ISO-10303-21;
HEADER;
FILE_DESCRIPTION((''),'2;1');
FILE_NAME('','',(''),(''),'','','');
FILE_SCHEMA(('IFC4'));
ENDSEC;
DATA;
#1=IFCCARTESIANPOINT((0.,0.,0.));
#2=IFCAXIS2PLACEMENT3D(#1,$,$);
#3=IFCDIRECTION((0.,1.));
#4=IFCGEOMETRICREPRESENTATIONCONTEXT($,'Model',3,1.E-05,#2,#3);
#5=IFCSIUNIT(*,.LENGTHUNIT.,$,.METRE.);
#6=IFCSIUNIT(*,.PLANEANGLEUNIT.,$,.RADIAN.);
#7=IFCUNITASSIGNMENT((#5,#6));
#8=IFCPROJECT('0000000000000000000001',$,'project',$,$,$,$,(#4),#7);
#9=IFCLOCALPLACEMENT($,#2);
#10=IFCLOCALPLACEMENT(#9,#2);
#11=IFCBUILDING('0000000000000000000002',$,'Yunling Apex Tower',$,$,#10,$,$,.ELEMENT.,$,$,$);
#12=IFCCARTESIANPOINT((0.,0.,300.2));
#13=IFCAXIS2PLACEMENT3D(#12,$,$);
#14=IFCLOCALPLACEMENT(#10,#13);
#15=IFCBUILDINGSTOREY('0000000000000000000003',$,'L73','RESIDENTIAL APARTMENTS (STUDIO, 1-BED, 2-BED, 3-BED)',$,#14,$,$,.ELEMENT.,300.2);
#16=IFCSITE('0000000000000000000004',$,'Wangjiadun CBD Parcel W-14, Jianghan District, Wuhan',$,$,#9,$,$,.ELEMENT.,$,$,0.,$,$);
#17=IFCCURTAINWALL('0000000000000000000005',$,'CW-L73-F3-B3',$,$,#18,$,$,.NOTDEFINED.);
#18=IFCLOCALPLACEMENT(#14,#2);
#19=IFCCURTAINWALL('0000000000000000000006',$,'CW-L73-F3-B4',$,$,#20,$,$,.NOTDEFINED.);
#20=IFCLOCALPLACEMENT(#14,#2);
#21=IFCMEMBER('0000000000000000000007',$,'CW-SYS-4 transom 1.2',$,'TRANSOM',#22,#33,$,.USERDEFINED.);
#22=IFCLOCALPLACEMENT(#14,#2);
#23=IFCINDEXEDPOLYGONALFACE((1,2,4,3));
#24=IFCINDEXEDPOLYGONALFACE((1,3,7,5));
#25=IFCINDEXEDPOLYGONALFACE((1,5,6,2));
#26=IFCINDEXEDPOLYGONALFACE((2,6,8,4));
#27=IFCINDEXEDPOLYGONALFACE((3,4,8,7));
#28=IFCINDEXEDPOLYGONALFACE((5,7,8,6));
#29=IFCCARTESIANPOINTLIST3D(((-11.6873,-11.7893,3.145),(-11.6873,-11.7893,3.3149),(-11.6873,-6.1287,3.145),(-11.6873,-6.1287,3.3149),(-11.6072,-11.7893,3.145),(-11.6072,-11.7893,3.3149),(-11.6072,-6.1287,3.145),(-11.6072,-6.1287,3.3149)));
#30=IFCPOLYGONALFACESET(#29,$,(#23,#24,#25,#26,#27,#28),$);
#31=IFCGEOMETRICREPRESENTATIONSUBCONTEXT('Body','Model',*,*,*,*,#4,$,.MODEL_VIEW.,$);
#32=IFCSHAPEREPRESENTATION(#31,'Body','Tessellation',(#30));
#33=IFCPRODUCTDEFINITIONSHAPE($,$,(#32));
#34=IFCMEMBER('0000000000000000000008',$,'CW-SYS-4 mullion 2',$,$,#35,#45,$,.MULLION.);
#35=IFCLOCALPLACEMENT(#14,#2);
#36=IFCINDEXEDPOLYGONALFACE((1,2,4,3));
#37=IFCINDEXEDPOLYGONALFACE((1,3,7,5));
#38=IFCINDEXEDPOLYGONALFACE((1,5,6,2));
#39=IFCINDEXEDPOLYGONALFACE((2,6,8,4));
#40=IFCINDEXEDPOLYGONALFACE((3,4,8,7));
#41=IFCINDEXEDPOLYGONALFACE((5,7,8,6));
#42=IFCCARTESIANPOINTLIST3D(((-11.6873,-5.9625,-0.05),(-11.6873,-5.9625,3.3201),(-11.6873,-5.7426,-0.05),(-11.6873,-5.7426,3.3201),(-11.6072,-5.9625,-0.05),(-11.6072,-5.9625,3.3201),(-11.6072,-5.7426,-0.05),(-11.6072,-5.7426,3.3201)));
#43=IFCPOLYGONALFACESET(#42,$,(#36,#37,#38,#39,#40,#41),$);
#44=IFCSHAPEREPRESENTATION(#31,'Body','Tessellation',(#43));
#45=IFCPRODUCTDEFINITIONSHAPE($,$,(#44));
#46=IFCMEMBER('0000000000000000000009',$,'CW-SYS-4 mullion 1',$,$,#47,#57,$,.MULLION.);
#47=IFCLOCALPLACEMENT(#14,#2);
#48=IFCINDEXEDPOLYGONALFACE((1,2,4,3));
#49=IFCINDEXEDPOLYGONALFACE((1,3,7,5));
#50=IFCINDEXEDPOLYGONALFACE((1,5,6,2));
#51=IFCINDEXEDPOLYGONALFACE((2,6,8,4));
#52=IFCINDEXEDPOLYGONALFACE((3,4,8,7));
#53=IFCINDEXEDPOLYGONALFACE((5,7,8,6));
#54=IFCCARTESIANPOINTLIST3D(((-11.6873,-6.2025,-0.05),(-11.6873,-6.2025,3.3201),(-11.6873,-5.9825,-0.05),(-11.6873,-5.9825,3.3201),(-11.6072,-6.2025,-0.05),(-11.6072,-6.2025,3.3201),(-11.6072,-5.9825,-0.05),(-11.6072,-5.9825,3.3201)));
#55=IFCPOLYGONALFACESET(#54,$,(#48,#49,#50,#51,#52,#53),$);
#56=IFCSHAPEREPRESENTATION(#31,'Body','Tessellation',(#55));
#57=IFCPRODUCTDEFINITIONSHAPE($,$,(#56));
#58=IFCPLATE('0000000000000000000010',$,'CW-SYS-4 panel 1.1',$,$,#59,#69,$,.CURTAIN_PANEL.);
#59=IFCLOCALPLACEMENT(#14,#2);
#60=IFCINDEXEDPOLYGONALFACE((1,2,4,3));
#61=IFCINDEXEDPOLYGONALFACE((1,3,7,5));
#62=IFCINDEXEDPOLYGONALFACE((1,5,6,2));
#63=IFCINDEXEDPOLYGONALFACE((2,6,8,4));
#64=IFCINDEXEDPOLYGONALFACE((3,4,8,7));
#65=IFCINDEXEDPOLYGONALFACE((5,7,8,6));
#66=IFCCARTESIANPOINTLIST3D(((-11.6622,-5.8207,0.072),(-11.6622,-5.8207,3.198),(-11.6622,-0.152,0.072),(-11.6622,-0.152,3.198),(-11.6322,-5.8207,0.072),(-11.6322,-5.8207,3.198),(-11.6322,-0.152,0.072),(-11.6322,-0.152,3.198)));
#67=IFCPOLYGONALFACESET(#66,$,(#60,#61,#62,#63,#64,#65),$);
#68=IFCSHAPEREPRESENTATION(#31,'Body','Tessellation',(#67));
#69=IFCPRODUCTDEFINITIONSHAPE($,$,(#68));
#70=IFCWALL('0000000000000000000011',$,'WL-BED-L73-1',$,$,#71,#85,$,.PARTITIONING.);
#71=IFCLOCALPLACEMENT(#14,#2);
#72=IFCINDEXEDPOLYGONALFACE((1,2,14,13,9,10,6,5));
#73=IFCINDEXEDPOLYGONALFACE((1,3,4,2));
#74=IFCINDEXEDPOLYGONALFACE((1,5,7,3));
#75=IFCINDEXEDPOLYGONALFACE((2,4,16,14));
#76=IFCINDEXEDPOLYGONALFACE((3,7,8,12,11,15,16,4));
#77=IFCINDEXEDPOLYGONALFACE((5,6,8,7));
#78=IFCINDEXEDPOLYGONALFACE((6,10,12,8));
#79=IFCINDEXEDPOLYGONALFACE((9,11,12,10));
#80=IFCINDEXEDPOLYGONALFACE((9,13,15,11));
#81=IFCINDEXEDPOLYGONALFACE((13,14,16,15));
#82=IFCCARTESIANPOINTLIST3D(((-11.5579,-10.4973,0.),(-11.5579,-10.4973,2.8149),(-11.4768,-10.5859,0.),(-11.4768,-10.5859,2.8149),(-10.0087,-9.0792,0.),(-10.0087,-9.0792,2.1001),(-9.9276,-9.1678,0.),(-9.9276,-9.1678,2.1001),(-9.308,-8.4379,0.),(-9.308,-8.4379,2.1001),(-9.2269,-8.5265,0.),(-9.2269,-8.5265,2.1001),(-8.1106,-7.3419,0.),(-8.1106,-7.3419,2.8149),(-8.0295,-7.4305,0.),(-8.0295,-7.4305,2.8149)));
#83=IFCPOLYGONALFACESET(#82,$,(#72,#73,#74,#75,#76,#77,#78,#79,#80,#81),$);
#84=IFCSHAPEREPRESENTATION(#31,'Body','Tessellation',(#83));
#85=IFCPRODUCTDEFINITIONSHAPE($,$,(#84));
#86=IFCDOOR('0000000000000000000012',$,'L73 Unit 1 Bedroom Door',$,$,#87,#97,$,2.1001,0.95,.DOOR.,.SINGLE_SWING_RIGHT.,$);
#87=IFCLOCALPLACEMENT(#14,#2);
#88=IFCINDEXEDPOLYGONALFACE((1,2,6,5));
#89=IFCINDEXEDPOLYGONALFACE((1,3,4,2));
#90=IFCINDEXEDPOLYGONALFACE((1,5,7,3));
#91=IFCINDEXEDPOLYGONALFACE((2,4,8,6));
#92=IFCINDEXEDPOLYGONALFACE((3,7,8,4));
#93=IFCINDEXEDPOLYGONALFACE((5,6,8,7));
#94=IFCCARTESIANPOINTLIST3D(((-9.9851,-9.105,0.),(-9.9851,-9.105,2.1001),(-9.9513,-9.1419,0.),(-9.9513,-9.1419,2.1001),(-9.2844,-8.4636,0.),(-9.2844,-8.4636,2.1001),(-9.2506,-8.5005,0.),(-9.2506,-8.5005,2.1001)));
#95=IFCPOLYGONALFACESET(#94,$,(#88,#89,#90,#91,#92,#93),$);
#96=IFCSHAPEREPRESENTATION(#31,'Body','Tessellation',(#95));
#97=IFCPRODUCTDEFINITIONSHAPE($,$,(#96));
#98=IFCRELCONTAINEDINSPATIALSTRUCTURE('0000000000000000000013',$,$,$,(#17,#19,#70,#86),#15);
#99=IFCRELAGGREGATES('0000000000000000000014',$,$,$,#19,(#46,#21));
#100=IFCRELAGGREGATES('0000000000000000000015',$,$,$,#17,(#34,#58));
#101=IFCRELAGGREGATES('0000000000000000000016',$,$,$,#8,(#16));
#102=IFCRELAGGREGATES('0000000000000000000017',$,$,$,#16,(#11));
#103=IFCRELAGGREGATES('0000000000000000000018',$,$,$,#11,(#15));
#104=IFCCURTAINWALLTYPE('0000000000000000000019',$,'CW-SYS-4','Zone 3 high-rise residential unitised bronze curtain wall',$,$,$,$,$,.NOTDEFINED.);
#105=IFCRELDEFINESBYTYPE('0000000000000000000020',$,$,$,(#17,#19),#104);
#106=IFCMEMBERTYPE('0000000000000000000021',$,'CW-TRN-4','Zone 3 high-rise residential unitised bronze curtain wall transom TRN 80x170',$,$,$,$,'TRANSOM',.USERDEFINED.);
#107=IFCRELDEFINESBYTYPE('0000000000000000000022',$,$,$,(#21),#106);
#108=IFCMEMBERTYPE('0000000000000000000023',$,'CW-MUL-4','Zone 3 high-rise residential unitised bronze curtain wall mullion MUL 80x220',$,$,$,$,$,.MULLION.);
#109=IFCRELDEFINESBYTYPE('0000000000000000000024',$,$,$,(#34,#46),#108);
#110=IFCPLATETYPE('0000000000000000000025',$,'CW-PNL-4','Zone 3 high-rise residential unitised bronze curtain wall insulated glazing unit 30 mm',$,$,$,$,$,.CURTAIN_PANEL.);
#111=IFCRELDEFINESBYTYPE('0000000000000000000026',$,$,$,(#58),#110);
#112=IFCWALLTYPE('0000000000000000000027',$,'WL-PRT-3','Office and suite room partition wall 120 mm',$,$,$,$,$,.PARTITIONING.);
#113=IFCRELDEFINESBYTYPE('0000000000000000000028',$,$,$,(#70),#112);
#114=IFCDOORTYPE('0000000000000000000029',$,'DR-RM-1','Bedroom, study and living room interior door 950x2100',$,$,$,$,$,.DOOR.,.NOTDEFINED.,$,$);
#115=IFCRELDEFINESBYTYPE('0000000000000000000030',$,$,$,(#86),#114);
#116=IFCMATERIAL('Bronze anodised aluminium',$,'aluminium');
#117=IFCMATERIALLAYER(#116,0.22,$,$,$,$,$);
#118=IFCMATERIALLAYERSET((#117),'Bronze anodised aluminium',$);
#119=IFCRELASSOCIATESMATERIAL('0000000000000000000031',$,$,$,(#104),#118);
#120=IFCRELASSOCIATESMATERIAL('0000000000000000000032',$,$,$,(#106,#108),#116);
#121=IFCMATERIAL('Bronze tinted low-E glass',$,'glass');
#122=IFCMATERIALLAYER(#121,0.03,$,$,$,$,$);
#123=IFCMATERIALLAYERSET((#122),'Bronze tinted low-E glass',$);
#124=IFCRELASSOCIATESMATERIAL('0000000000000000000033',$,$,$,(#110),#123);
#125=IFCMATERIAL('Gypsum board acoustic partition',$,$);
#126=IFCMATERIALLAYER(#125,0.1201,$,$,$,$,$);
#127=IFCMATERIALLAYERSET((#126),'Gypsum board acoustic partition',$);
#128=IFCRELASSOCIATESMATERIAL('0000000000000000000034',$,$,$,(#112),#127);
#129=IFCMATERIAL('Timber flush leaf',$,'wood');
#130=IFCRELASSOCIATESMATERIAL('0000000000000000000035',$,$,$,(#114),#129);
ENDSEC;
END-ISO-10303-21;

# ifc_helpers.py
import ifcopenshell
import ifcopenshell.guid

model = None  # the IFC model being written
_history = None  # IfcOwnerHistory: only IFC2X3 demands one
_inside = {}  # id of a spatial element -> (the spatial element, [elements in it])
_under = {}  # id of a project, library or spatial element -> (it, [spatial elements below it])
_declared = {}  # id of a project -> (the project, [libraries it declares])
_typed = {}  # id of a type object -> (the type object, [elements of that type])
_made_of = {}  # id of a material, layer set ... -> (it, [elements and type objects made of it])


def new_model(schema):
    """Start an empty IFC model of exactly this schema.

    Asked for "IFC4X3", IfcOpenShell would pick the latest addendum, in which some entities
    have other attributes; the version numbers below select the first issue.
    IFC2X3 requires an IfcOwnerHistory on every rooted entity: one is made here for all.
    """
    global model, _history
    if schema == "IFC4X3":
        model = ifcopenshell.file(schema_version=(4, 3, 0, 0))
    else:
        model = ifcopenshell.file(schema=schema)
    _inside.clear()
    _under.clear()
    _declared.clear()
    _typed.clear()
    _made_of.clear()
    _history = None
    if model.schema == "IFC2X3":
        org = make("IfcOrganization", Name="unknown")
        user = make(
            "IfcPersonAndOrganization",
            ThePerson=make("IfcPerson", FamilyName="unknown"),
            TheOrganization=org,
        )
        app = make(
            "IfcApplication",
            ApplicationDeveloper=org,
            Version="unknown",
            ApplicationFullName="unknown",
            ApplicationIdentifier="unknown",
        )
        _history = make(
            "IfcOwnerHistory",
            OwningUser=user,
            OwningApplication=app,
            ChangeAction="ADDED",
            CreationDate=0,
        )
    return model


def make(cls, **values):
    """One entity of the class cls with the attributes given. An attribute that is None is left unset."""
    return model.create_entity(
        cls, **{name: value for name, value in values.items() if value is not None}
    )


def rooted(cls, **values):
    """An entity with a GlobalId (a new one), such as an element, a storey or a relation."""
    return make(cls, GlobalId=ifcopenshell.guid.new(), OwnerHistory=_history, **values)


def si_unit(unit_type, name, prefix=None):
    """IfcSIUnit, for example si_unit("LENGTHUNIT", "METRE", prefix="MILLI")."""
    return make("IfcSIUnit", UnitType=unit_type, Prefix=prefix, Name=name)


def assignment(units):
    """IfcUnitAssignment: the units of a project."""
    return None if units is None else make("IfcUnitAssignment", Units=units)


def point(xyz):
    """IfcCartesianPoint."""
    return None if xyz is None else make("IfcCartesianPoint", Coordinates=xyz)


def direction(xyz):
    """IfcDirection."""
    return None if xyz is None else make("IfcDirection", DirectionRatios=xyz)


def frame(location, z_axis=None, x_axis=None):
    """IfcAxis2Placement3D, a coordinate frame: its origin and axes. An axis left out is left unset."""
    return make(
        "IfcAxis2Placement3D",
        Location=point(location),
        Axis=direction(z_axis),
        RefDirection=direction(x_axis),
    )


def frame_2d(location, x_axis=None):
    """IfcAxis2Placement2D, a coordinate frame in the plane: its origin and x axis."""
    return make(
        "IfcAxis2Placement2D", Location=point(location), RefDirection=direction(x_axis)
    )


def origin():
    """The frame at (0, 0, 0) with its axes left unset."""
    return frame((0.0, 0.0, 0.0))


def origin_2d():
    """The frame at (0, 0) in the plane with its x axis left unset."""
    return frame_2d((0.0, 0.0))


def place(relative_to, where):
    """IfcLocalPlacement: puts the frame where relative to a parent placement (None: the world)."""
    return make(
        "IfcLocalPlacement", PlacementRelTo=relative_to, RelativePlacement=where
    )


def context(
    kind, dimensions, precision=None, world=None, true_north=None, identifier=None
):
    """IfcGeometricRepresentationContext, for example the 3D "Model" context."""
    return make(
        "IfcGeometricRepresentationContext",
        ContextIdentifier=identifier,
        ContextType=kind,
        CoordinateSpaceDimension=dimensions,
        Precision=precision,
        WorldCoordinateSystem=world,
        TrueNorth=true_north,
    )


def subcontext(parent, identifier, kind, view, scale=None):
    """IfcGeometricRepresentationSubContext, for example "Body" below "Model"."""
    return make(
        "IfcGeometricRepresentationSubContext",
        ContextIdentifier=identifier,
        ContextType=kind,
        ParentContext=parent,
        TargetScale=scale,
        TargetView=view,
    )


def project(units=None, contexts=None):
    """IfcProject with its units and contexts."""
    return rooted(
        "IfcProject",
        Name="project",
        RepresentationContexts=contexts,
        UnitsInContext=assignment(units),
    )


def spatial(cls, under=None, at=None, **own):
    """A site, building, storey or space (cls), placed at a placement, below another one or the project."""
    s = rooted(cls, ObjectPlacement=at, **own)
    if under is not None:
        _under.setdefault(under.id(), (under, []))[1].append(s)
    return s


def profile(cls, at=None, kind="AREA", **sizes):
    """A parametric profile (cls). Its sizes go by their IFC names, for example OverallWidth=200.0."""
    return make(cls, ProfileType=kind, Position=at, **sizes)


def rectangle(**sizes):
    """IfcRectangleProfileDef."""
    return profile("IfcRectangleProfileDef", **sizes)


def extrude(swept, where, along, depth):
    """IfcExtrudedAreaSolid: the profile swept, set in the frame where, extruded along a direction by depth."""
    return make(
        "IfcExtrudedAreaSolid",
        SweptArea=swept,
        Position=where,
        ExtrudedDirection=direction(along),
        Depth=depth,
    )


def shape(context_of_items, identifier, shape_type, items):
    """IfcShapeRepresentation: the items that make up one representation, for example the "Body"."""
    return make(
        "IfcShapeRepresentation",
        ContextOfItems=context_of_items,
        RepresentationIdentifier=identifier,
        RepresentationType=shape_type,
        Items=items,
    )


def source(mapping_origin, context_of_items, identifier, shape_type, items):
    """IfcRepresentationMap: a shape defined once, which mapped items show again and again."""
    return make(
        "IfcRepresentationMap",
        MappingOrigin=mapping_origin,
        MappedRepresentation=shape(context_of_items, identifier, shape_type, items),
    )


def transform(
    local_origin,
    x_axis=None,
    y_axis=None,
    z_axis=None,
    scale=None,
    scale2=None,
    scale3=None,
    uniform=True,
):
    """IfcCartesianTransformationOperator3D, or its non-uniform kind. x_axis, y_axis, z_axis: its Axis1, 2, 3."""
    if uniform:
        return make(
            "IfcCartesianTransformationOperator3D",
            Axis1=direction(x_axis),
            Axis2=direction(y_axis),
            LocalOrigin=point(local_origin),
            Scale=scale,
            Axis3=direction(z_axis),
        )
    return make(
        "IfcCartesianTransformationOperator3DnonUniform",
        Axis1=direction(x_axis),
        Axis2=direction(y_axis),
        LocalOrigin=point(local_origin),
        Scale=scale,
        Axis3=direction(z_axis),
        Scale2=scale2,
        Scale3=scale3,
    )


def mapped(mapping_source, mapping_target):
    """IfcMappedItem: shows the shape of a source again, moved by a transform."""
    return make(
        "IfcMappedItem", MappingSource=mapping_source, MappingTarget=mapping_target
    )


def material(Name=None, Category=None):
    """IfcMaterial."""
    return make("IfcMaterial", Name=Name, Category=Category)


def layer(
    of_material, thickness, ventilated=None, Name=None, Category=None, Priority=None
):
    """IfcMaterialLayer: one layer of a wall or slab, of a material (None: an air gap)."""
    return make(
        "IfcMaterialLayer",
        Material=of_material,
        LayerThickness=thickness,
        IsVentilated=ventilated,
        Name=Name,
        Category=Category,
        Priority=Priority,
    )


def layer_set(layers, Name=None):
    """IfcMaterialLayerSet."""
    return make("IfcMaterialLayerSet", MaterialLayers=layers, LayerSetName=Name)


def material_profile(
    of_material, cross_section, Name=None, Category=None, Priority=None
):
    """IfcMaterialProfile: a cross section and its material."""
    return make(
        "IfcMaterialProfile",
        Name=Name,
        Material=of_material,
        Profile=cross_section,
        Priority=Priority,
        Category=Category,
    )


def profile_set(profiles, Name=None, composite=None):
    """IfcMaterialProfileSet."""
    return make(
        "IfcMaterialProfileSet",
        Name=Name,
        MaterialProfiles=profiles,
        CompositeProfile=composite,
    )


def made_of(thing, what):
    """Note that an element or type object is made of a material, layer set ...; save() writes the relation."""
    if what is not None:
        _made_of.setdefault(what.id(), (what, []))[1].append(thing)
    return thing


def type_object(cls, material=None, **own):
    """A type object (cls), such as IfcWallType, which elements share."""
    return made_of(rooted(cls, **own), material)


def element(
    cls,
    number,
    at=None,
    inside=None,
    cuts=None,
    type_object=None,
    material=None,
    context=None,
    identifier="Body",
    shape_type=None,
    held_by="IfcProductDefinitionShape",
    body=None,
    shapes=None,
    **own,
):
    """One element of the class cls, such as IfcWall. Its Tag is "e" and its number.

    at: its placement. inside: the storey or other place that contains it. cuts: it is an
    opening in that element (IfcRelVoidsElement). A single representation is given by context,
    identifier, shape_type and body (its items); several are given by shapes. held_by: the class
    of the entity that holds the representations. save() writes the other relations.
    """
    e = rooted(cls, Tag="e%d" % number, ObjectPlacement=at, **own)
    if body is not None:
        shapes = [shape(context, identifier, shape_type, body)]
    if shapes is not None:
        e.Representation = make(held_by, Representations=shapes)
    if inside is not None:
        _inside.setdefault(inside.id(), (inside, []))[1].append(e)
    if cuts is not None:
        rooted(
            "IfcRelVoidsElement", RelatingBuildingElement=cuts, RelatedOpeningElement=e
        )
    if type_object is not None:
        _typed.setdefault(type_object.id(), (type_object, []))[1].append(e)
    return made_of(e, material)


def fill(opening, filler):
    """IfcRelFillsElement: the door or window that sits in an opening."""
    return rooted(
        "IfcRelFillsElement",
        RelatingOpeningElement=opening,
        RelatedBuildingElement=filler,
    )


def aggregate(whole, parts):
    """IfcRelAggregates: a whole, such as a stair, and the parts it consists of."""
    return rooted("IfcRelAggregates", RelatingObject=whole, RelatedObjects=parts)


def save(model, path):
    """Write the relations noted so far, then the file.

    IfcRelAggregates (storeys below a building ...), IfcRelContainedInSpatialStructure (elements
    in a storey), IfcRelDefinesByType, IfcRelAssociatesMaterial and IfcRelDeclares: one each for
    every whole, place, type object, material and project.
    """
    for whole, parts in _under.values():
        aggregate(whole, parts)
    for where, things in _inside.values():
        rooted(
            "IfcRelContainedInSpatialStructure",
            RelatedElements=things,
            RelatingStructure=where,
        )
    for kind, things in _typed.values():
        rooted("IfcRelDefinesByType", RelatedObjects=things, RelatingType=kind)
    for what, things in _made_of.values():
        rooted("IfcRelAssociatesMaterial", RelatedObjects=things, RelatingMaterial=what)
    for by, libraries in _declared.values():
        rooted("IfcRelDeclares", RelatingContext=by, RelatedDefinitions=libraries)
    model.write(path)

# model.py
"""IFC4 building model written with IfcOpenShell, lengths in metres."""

from ifc_helpers import new_model, si_unit, direction, frame, frame_2d, origin, origin_2d, place, context, subcontext, project, spatial, rectangle, extrude, source, transform, mapped, material, layer, layer_set, material_profile, profile_set, type_object, element, fill, aggregate, save


model = new_model("IFC4")

# Units and contexts
model_context = context("Model", 3, precision=1e-05, world=origin(), true_north=direction((0.0, 1.0)))
body_context = subcontext(model_context, "Body", "Model", "MODEL_VIEW")
ifc_project = project(units=[si_unit("LENGTHUNIT", "METRE"), si_unit("PLANEANGLEUNIT", "RADIAN")], contexts=[model_context])

# Site, building, storey
site_placement = place(None, origin())
site = spatial("IfcSite", under=ifc_project, at=site_placement, Name="Wangjiadun CBD Parcel W-14, Jianghan District, Wuhan", CompositionType="ELEMENT", RefElevation=0.0)
building_placement = place(site_placement, origin())
building = spatial("IfcBuilding", under=site, at=building_placement, Name="Yunling Apex Tower", CompositionType="ELEMENT")
storey_placement = place(building_placement, frame((0.0, 0.0, 300.2)))
storey = spatial("IfcBuildingStorey", under=building, at=storey_placement, Name="L73", Description="RESIDENTIAL APARTMENTS (STUDIO, 1-BED, 2-BED, 3-BED)", CompositionType="ELEMENT", Elevation=300.2)

# Curtain walls, member
ifc_material_1 = material(Name="Bronze anodised aluminium", Category="aluminium")
ifc_layer_1 = layer(ifc_material_1, 0.22)
ifc_layer_set_1 = layer_set([ifc_layer_1], Name="Bronze anodised aluminium")
curtain_wall_type = type_object("IfcCurtainWallType", Name="CW-SYS-4", Description="Zone 3 high-rise residential unitised bronze curtain wall", PredefinedType="NOTDEFINED", material=ifc_layer_set_1)
curtain_wall_1_placement = place(storey_placement, origin())
curtain_wall_1 = element("IfcCurtainWall", 1, at=curtain_wall_1_placement, inside=storey, type_object=curtain_wall_type, Name="CW-L73-F3-B3", PredefinedType="NOTDEFINED")
ifc_material_profile_1 = material_profile(ifc_material_1, rectangle(XDim=0.0801, YDim=0.1699, at=origin_2d()))
ifc_profile_set_1 = profile_set([ifc_material_profile_1], Name="Bronze anodised aluminium")
member_type_1 = type_object("IfcMemberType", Name="CW-TRN-4", Description="Zone 3 high-rise residential unitised bronze curtain wall transom TRN 80x170", ElementType="TRANSOM", PredefinedType="USERDEFINED", material=ifc_profile_set_1)
shared_shape_1 = source(origin(), body_context, "Body", "SweptSolid", [
    extrude(rectangle(XDim=0.0801, YDim=0.1699, at=origin_2d()), origin(), (0.0, 0.0, 1.0), 5.6606),
])
curtain_wall_2_placement = place(storey_placement, origin())
curtain_wall_2 = element("IfcCurtainWall", 2, at=curtain_wall_2_placement, inside=storey, type_object=curtain_wall_type, Name="CW-L73-F3-B4", PredefinedType="NOTDEFINED")
member_1_placement = place(storey_placement, frame((-11.6472, -6.1287, 3.23), z_axis=(0.0, -1.0, 0.0), x_axis=(1.0, 0.0, 0.0)))
member_1 = element("IfcMember", 3, at=member_1_placement, type_object=member_type_1, Name="CW-SYS-4 transom 1.2", ObjectType="TRANSOM", PredefinedType="USERDEFINED", context=body_context, shape_type="MappedRepresentation", body=[
    mapped(shared_shape_1, transform((0.0, 0.0, 0.0), scale=1.0)),
])

# Members
ifc_material_profile_2 = material_profile(ifc_material_1, rectangle(XDim=0.0801, YDim=0.22, at=origin_2d()))
ifc_profile_set_2 = profile_set([ifc_material_profile_2], Name="Bronze anodised aluminium")
member_type_2 = type_object("IfcMemberType", Name="CW-MUL-4", Description="Zone 3 high-rise residential unitised bronze curtain wall mullion MUL 80x220", PredefinedType="MULLION", material=ifc_profile_set_2)
shared_shape_2 = source(origin(), body_context, "Body", "SweptSolid", [
    extrude(rectangle(XDim=0.0801, YDim=0.22, at=origin_2d()), origin(), (0.0, 0.0, 1.0), 3.3701),
])
member_2_placement = place(storey_placement, frame((-11.6472, -5.8525, -0.05), z_axis=(0.0, 0.0, 1.0), x_axis=(1.0, 0.0, 0.0)))
member_2 = element("IfcMember", 4, at=member_2_placement, type_object=member_type_2, Name="CW-SYS-4 mullion 2", PredefinedType="MULLION", context=body_context, shape_type="MappedRepresentation", body=[
    mapped(shared_shape_2, transform((0.0, 0.0, 0.0), scale=1.0)),
])
member_3_placement = place(storey_placement, frame((-11.6472, -6.0925, -0.05), z_axis=(0.0, 0.0, 1.0), x_axis=(1.0, 0.0, 0.0)))
member_3 = element("IfcMember", 5, at=member_3_placement, type_object=member_type_2, Name="CW-SYS-4 mullion 1", PredefinedType="MULLION", context=body_context, shape_type="MappedRepresentation", body=[
    mapped(shared_shape_2, transform((0.0, 0.0, 0.0), scale=1.0)),
])
aggregate(curtain_wall_2, [member_3, member_1])

# Plate
ifc_material_2 = material(Name="Bronze tinted low-E glass", Category="glass")
ifc_layer_2 = layer(ifc_material_2, 0.03)
ifc_layer_set_2 = layer_set([ifc_layer_2], Name="Bronze tinted low-E glass")
plate_type = type_object("IfcPlateType", Name="CW-PNL-4", Description="Zone 3 high-rise residential unitised bronze curtain wall insulated glazing unit 30 mm", PredefinedType="CURTAIN_PANEL", material=ifc_layer_set_2)
shared_shape_3 = source(origin(), body_context, "Body", "SweptSolid", [
    extrude(rectangle(XDim=5.6687, YDim=0.03, at=origin_2d()), origin(), (0.0, 0.0, 1.0), 3.126),
])
plate_placement = place(storey_placement, frame((-11.6472, -2.9863, 0.072), z_axis=(0.0, 0.0, 1.0), x_axis=(0.0, -1.0, 0.0)))
plate = element("IfcPlate", 6, at=plate_placement, type_object=plate_type, Name="CW-SYS-4 panel 1.1", PredefinedType="CURTAIN_PANEL", context=body_context, shape_type="MappedRepresentation", body=[
    mapped(shared_shape_3, transform((0.0, 0.0, 0.0), scale=1.0)),
])
aggregate(curtain_wall_1, [member_2, plate])

# Wall, opening, door
ifc_material_3 = material(Name="Gypsum board acoustic partition")
ifc_layer_3 = layer(ifc_material_3, 0.1201)
ifc_layer_set_3 = layer_set([ifc_layer_3], Name="Gypsum board acoustic partition")
wall_type = type_object("IfcWallType", Name="WL-PRT-3", Description="Office and suite room partition wall 120 mm", PredefinedType="PARTITIONING", material=ifc_layer_set_3)
wall_placement = place(storey_placement, frame((-8.0701, -7.3862, 0.0), z_axis=(0.0, 0.0, 1.0), x_axis=(-0.737657, -0.675176, 0.0)))
wall = element("IfcWall", 7, at=wall_placement, inside=storey, type_object=wall_type, Name="WL-BED-L73-1", PredefinedType="PARTITIONING", context=body_context, shape_type="SweptSolid", body=[
    extrude(rectangle(XDim=4.6733, YDim=0.1201, at=frame_2d((2.3367, 0.0))), origin(), (0.0, 0.0, 1.0), 2.8149),
])
opening_placement = place(wall_placement, frame((1.623, 0.0, 0.0)))
opening = element("IfcOpeningElement", 8, at=opening_placement, cuts=wall, PredefinedType="OPENING", context=body_context, shape_type="SweptSolid", body=[
    extrude(rectangle(XDim=0.95, YDim=2.1001, at=frame_2d((0.4751, 1.05))), frame((0.0, 0.0701, 0.0), z_axis=(0.0, -1.0, 0.0), x_axis=(1.0, 0.0, 0.0)), (0.0, 0.0, 1.0), 0.1401),
])
ifc_material_4 = material(Name="Timber flush leaf", Category="wood")
door_type = type_object("IfcDoorType", Name="DR-RM-1", Description="Bedroom, study and living room interior door 950x2100", OperationType="NOTDEFINED", PredefinedType="DOOR", material=ifc_material_4)
door_placement = place(opening_placement, origin())
door = element("IfcDoor", 9, at=door_placement, inside=storey, type_object=door_type, Name="L73 Unit 1 Bedroom Door", OperationType="SINGLE_SWING_RIGHT", OverallHeight=2.1001, OverallWidth=0.95, PredefinedType="DOOR", context=body_context, shape_type="SweptSolid", body=[
    extrude(rectangle(XDim=0.95, YDim=2.1001, at=frame_2d((0.4751, 1.05))), frame((0.0, 0.0249, 0.0), z_axis=(0.0, -1.0, 0.0), x_axis=(1.0, 0.0, 0.0)), (0.0, 0.0, 1.0), 0.05),
])
fill(opening, door)

save(model, "model.ifc")
